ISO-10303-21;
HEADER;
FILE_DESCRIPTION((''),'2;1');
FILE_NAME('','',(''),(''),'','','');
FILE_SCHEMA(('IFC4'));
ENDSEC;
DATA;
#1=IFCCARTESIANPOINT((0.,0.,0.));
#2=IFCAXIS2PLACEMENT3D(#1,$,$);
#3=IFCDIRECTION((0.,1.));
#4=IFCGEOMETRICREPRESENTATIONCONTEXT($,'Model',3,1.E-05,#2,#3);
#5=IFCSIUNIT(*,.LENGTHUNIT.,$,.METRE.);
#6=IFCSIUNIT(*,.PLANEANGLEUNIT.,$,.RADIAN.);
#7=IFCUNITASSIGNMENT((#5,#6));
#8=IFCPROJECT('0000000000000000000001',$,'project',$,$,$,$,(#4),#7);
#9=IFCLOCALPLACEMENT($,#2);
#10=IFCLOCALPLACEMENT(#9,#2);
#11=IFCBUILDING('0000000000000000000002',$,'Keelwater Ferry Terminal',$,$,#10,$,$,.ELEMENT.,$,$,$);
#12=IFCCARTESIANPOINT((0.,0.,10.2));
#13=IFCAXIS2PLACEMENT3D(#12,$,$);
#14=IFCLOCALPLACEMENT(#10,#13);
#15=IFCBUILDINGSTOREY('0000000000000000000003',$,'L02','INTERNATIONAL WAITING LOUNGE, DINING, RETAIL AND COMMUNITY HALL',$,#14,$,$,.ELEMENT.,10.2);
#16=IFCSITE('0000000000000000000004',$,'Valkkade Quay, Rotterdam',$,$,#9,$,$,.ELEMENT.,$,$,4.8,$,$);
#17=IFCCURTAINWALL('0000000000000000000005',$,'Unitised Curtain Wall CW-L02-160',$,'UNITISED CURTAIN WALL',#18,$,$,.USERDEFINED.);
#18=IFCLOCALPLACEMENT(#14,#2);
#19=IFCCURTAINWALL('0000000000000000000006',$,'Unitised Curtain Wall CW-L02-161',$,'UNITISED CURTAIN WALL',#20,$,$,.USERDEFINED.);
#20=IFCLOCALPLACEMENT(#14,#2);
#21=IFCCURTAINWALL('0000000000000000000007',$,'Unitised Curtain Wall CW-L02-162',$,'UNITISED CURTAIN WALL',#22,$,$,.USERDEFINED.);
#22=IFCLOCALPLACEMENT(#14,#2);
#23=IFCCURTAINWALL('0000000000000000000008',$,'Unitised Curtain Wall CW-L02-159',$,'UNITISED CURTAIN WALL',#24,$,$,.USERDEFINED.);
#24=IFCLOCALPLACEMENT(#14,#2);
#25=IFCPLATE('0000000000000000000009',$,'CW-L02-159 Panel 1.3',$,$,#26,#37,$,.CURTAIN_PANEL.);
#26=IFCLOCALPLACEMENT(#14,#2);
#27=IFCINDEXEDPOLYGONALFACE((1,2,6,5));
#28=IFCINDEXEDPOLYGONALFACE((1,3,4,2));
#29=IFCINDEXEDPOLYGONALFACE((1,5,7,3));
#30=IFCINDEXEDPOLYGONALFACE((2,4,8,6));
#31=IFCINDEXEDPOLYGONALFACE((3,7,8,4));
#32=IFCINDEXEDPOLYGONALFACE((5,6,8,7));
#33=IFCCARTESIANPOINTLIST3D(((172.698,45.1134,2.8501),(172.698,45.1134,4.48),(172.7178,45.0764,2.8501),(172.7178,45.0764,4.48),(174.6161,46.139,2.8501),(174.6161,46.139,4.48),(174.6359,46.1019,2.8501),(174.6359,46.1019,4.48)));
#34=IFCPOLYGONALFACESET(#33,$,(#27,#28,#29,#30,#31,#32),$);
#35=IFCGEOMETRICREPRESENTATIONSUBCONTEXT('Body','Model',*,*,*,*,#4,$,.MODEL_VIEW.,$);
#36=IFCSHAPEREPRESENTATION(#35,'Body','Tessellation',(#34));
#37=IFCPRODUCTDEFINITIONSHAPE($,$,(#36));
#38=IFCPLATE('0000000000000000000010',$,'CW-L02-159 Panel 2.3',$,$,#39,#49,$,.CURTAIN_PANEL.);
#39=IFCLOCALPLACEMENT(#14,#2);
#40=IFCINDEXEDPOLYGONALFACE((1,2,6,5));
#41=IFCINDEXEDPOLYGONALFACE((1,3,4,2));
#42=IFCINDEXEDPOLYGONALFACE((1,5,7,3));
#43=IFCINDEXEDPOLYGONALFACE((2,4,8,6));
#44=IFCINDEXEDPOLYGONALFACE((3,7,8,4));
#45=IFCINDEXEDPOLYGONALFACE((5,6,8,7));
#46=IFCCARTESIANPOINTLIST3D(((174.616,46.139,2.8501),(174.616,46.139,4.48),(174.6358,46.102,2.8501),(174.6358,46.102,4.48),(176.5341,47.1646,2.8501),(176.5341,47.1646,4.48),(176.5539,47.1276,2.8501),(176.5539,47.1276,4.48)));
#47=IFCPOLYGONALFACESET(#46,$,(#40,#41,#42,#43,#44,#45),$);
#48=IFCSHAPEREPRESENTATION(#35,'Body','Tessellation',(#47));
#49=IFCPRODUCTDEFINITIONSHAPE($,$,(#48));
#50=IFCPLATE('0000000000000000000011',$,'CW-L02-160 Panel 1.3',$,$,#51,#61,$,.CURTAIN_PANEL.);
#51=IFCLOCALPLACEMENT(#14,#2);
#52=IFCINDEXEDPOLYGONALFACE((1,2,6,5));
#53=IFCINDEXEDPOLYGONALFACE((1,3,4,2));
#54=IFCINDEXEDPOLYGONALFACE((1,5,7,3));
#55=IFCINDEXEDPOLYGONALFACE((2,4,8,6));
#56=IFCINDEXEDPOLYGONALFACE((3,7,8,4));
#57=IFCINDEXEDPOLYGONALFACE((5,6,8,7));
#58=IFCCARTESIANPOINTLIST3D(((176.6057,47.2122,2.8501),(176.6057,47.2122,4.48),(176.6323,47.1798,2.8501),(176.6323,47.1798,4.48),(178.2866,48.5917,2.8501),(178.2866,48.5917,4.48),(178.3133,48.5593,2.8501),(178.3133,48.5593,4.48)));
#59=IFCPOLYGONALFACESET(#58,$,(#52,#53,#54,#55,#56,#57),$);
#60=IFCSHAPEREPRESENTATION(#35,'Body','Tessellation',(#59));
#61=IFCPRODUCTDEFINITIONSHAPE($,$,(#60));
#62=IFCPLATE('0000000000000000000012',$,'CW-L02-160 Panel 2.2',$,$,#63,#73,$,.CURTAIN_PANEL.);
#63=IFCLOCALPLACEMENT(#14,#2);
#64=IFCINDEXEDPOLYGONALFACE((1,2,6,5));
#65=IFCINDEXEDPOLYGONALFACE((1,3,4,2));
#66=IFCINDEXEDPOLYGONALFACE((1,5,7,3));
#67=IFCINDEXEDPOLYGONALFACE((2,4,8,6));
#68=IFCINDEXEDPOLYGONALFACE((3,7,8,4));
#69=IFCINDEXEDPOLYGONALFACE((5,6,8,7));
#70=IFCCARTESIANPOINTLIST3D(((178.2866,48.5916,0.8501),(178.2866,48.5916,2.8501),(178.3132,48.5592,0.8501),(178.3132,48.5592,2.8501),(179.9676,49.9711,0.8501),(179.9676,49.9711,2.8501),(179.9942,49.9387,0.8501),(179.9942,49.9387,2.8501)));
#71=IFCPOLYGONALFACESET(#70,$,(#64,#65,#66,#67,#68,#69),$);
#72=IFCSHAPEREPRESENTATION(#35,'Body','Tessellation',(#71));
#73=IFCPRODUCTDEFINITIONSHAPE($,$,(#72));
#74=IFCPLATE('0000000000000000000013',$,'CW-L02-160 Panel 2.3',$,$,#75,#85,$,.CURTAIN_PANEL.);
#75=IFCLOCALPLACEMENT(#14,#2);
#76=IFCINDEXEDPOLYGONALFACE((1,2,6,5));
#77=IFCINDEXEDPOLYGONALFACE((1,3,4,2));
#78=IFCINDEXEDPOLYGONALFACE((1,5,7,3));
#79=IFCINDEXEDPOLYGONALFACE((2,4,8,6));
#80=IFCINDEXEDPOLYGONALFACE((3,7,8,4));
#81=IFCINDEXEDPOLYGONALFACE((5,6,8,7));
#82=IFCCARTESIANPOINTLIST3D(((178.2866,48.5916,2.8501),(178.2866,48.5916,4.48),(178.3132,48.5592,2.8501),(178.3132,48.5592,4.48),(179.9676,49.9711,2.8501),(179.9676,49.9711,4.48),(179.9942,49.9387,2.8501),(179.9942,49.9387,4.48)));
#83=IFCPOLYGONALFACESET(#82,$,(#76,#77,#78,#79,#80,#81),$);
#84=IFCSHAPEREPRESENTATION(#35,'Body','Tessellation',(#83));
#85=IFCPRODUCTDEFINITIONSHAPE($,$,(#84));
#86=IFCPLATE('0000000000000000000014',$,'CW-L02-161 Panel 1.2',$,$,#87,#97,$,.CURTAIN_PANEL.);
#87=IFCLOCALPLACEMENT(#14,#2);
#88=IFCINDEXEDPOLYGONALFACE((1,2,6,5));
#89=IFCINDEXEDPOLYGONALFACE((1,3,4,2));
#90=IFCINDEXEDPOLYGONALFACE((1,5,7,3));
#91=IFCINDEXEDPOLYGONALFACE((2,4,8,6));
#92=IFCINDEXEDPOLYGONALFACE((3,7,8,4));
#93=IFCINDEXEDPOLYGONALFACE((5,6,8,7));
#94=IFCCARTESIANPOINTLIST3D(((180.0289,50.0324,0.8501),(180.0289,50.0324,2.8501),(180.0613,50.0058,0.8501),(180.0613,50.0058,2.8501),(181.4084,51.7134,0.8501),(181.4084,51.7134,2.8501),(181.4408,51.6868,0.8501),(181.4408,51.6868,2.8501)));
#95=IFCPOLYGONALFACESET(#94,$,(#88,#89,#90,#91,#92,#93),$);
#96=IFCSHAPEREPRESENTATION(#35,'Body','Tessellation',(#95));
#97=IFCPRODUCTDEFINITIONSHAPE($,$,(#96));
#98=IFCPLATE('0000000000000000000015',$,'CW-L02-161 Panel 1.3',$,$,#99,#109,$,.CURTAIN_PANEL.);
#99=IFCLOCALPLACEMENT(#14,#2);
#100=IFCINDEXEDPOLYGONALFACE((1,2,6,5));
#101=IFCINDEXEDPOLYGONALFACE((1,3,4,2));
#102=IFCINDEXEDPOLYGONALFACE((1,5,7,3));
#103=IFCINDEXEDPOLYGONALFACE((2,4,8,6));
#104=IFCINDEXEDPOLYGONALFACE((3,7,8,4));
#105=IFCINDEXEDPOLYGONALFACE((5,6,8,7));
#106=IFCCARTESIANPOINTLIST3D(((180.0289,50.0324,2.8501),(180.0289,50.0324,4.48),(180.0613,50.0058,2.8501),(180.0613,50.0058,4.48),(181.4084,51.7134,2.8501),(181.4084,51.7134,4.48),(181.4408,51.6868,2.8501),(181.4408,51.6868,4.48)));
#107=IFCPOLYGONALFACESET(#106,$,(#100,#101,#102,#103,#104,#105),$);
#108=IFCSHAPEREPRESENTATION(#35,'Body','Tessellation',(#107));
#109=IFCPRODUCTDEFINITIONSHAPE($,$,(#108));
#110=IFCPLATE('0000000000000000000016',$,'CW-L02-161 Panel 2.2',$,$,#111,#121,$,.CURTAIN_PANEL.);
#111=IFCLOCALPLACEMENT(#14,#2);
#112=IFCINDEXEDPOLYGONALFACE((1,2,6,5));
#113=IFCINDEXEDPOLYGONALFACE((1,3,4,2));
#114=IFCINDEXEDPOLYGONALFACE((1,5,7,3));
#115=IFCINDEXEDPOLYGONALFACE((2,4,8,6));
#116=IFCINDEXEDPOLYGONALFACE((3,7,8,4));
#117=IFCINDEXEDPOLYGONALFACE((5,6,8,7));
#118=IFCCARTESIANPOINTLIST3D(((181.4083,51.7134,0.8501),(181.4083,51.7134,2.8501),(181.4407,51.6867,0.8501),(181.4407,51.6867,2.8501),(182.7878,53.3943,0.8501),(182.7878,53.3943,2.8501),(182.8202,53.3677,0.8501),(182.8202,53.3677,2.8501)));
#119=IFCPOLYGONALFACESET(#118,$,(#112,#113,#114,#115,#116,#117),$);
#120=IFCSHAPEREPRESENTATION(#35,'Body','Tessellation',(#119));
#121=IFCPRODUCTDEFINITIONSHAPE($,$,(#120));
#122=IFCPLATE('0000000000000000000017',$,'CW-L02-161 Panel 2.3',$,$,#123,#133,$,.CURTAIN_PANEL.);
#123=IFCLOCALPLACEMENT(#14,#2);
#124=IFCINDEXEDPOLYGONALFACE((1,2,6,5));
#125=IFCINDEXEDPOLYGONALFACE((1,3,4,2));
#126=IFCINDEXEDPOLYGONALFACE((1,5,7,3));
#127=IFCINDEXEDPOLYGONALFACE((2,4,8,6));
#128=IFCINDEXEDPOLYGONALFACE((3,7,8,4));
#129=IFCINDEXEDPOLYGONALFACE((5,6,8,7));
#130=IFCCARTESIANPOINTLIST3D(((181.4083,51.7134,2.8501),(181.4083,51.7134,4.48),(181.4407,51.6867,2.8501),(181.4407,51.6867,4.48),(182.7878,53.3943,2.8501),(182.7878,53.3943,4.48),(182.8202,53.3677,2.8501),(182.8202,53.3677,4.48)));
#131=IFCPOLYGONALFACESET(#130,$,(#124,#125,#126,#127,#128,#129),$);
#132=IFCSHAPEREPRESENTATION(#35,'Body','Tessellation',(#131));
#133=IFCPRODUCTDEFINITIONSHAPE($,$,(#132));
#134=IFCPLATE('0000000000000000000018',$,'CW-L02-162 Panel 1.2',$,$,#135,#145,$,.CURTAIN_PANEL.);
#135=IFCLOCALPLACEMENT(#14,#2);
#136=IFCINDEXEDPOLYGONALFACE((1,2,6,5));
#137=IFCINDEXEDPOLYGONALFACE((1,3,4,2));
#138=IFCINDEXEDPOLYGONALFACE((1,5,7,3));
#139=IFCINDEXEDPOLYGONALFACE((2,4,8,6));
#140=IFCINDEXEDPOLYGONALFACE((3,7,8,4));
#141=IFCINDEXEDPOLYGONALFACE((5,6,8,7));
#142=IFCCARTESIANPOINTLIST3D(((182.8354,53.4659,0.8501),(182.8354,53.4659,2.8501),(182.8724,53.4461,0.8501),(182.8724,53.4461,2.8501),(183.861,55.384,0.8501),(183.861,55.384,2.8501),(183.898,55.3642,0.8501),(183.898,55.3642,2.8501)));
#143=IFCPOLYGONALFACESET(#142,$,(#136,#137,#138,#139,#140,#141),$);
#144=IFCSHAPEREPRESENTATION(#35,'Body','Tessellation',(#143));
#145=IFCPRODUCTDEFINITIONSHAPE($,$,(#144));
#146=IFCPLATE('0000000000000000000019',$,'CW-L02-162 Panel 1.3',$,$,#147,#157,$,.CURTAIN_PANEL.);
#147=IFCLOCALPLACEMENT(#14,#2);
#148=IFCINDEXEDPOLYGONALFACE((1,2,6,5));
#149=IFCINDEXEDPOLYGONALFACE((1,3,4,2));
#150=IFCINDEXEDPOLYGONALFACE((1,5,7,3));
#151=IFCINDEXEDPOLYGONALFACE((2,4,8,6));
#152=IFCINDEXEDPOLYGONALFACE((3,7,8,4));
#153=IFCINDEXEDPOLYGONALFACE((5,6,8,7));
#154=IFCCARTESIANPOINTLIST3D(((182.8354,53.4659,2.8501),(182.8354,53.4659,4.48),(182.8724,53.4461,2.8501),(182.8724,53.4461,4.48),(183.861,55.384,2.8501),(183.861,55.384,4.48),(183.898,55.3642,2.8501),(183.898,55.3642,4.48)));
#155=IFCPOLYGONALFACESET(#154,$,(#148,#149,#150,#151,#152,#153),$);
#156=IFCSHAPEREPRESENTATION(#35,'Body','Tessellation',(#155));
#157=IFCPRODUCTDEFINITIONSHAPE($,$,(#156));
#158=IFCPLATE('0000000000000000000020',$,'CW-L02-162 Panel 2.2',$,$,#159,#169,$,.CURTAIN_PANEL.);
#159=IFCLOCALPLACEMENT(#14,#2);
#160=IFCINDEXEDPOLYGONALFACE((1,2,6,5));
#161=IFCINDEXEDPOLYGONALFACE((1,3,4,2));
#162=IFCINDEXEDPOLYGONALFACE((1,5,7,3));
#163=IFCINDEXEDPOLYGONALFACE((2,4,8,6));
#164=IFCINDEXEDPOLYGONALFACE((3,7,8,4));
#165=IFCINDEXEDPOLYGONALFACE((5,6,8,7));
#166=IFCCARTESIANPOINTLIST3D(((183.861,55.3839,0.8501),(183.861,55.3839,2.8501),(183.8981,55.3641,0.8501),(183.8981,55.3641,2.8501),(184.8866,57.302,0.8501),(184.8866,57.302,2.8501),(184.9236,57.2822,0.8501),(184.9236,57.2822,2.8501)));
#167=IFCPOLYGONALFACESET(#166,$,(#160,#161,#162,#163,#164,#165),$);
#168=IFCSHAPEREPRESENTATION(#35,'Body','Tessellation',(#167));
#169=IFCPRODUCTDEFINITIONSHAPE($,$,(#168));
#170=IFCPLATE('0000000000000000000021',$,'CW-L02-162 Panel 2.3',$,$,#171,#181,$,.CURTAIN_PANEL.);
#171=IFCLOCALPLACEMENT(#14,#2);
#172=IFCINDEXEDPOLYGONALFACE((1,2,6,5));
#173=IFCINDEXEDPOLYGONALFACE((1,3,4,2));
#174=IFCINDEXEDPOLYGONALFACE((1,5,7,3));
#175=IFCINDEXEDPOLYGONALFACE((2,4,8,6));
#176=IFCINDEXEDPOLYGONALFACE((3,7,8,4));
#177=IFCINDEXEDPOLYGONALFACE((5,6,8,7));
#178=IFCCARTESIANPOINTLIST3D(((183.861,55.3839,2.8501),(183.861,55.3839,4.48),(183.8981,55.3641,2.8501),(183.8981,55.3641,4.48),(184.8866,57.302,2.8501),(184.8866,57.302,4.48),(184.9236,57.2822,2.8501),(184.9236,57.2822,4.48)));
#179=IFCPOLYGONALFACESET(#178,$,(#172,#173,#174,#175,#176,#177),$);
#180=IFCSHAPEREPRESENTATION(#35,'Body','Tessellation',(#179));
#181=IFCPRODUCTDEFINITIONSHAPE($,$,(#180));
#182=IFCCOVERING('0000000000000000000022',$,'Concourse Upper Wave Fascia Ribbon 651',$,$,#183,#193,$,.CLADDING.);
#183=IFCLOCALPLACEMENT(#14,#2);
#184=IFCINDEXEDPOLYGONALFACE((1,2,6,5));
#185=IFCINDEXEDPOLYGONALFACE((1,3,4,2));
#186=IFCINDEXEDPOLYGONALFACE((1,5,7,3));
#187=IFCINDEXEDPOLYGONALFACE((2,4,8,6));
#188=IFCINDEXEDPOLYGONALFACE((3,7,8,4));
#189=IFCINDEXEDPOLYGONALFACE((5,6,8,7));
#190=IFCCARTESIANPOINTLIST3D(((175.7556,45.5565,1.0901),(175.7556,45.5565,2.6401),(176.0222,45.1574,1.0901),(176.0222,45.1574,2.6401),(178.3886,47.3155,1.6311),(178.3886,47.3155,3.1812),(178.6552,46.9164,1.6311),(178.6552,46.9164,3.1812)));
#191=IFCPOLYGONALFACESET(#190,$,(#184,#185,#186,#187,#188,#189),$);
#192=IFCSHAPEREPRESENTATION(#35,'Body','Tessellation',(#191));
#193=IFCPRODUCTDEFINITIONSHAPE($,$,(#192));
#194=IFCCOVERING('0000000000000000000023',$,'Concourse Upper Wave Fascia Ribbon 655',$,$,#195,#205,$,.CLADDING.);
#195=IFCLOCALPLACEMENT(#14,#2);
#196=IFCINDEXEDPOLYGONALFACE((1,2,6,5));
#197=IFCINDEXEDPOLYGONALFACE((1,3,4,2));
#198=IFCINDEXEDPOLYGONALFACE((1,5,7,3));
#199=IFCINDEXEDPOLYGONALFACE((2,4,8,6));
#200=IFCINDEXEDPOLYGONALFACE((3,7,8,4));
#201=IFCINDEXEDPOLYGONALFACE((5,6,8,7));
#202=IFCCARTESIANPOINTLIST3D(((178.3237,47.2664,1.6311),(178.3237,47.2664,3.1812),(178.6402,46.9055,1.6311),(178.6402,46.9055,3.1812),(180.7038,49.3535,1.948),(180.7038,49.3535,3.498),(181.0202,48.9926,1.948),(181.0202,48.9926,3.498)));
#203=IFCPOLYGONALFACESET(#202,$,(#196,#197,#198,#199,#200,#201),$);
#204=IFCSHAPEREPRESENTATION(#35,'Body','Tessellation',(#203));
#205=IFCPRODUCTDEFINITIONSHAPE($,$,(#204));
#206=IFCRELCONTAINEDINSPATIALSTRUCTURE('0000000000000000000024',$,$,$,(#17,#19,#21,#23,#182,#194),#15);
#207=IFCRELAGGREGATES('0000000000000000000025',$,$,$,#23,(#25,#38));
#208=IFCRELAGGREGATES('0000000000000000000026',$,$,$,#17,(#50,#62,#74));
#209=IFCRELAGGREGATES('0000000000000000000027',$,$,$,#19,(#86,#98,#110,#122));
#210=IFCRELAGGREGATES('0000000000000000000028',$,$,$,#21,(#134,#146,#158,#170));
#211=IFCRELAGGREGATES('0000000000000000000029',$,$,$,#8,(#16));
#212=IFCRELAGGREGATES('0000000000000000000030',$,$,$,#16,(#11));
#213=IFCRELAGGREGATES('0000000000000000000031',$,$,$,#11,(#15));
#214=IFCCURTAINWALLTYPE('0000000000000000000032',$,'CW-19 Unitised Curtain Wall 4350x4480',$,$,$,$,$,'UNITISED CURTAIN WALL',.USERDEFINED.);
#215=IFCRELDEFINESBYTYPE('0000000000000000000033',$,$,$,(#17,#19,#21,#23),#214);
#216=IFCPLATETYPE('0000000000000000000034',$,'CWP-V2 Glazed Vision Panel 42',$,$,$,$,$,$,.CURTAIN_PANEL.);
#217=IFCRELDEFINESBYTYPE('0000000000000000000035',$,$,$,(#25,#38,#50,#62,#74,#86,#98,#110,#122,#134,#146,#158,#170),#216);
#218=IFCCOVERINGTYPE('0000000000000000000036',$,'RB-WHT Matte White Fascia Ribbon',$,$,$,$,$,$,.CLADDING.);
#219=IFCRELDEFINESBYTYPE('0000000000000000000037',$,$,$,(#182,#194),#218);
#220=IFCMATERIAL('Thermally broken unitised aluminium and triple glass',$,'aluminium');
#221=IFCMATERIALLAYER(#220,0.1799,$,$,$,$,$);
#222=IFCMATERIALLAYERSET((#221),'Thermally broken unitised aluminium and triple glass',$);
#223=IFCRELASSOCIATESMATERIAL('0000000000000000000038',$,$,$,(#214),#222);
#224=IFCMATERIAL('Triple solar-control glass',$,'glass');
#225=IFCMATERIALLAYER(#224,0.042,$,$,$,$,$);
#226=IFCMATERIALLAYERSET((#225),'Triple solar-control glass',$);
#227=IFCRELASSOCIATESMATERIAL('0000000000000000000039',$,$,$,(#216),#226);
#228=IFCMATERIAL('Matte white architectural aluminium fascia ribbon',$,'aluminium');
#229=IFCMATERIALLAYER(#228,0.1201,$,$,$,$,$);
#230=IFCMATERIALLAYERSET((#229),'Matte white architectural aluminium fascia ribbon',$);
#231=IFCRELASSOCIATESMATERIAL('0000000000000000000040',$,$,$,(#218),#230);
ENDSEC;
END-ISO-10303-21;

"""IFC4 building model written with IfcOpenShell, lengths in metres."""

from ifc_helpers import new_model, si_unit, direction, frame, origin, origin_2d, place, context, subcontext, project, spatial, polyline, rectangle, outline, extrude, material, layer, layer_set, type_object, element, aggregate, save


model = new_model("IFC4")

# Units and contexts
model_context = context("Model", 3, precision=1e-05, world=origin(), true_north=direction((0.0, 1.0)))
body_context = subcontext(model_context, "Body", "Model", "MODEL_VIEW")
ifc_project = project(units=[si_unit("LENGTHUNIT", "METRE"), si_unit("PLANEANGLEUNIT", "RADIAN")], contexts=[model_context])

# Site, building, storey
site_placement = place(None, origin())
site = spatial("IfcSite", under=ifc_project, at=site_placement, Name="Valkkade Quay, Rotterdam", CompositionType="ELEMENT", RefElevation=4.8)
building_placement = place(site_placement, origin())
building = spatial("IfcBuilding", under=site, at=building_placement, Name="Keelwater Ferry Terminal", CompositionType="ELEMENT")
storey_placement = place(building_placement, frame((0.0, 0.0, 10.2)))
storey = spatial("IfcBuildingStorey", under=building, at=storey_placement, Name="L02", Description="INTERNATIONAL WAITING LOUNGE, DINING, RETAIL AND COMMUNITY HALL", CompositionType="ELEMENT", Elevation=10.2)

# Curtain walls
ifc_material_1 = material(Name="Thermally broken unitised aluminium and triple glass", Category="aluminium")
ifc_layer_1 = layer(ifc_material_1, 0.1799)
ifc_layer_set_1 = layer_set([ifc_layer_1], Name="Thermally broken unitised aluminium and triple glass")
curtain_wall_type = type_object("IfcCurtainWallType", Name="CW-19 Unitised Curtain Wall 4350x4480", ElementType="UNITISED CURTAIN WALL", PredefinedType="USERDEFINED", material=ifc_layer_set_1)
curtain_wall_1_placement = place(storey_placement, origin())
curtain_wall_1 = element("IfcCurtainWall", 1, at=curtain_wall_1_placement, inside=storey, type_object=curtain_wall_type, Name="Unitised Curtain Wall CW-L02-160", ObjectType="UNITISED CURTAIN WALL", PredefinedType="USERDEFINED")
curtain_wall_2_placement = place(storey_placement, origin())
curtain_wall_2 = element("IfcCurtainWall", 2, at=curtain_wall_2_placement, inside=storey, type_object=curtain_wall_type, Name="Unitised Curtain Wall CW-L02-161", ObjectType="UNITISED CURTAIN WALL", PredefinedType="USERDEFINED")
curtain_wall_3_placement = place(storey_placement, origin())
curtain_wall_3 = element("IfcCurtainWall", 3, at=curtain_wall_3_placement, inside=storey, type_object=curtain_wall_type, Name="Unitised Curtain Wall CW-L02-162", ObjectType="UNITISED CURTAIN WALL", PredefinedType="USERDEFINED")

# Curtain wall, plates
curtain_wall_4_placement = place(storey_placement, origin())
curtain_wall_4 = element("IfcCurtainWall", 4, at=curtain_wall_4_placement, inside=storey, type_object=curtain_wall_type, Name="Unitised Curtain Wall CW-L02-159", ObjectType="UNITISED CURTAIN WALL", PredefinedType="USERDEFINED")
ifc_material_2 = material(Name="Triple solar-control glass", Category="glass")
ifc_layer_2 = layer(ifc_material_2, 0.042)
ifc_layer_set_2 = layer_set([ifc_layer_2], Name="Triple solar-control glass")
plate_type_1 = type_object("IfcPlateType", Name="CWP-V2 Glazed Vision Panel 42", PredefinedType="CURTAIN_PANEL", material=ifc_layer_set_2)
plate_1_placement = place(storey_placement, frame((173.667, 45.6077, 2.8501), z_axis=(0.0, 0.0, 1.0), x_axis=(0.881862, 0.471507, 0.0)))
plate_1 = element("IfcPlate", 5, at=plate_1_placement, type_object=plate_type_1, Name="CW-L02-159 Panel 1.3", PredefinedType="CURTAIN_PANEL", context=body_context, shape_type="SweptSolid", body=[
    extrude(rectangle(XDim=2.175, YDim=0.042, at=origin_2d()), origin(), (0.0, 0.0, 1.0), 1.6299),
])
plate_2_placement = place(storey_placement, frame((175.585, 46.6333, 2.8501), z_axis=(0.0, 0.0, 1.0), x_axis=(0.881862, 0.471507, 0.0)))
plate_2 = element("IfcPlate", 6, at=plate_2_placement, type_object=plate_type_1, Name="CW-L02-159 Panel 2.3", PredefinedType="CURTAIN_PANEL", context=body_context, shape_type="SweptSolid", body=[
    extrude(rectangle(XDim=2.175, YDim=0.042, at=origin_2d()), origin(), (0.0, 0.0, 1.0), 1.6299),
])
aggregate(curtain_wall_4, [plate_1, plate_2])

# Plates
plate_3_placement = place(storey_placement, frame((177.4595, 47.8857, 2.8501), z_axis=(0.0, 0.0, 1.0), x_axis=(0.773024, 0.634377, 0.0)))
plate_3 = element("IfcPlate", 7, at=plate_3_placement, type_object=plate_type_1, Name="CW-L02-160 Panel 1.3", PredefinedType="CURTAIN_PANEL", context=body_context, shape_type="SweptSolid", body=[
    extrude(rectangle(XDim=2.1746, YDim=0.042, at=origin_2d()), origin(), (0.0, 0.0, 1.0), 1.6299),
])
plate_4_placement = place(storey_placement, frame((179.1404, 49.2651, 0.8501), z_axis=(0.0, 0.0, 1.0), x_axis=(0.773024, 0.634377, 0.0)))
plate_4 = element("IfcPlate", 8, at=plate_4_placement, type_object=plate_type_1, Name="CW-L02-160 Panel 2.2", PredefinedType="CURTAIN_PANEL", context=body_context, shape_type="SweptSolid", body=[
    extrude(rectangle(XDim=2.1746, YDim=0.042, at=origin_2d()), origin(), (0.0, 0.0, 1.0), 2.0),
])
plate_5_placement = place(storey_placement, frame((179.1404, 49.2651, 2.8501), z_axis=(0.0, 0.0, 1.0), x_axis=(0.773024, 0.634377, 0.0)))
plate_5 = element("IfcPlate", 9, at=plate_5_placement, type_object=plate_type_1, Name="CW-L02-160 Panel 2.3", PredefinedType="CURTAIN_PANEL", context=body_context, shape_type="SweptSolid", body=[
    extrude(rectangle(XDim=2.1746, YDim=0.042, at=origin_2d()), origin(), (0.0, 0.0, 1.0), 1.6299),
])
aggregate(curtain_wall_1, [plate_3, plate_4, plate_5])
plate_6_placement = place(storey_placement, frame((180.7349, 50.8596, 0.8501), z_axis=(0.0, 0.0, 1.0), x_axis=(0.634377, 0.773024, 0.0)))
plate_6 = element("IfcPlate", 10, at=plate_6_placement, type_object=plate_type_1, Name="CW-L02-161 Panel 1.2", PredefinedType="CURTAIN_PANEL", context=body_context, shape_type="SweptSolid", body=[
    extrude(rectangle(XDim=2.1746, YDim=0.042, at=origin_2d()), origin(), (0.0, 0.0, 1.0), 2.0),
])
plate_7_placement = place(storey_placement, frame((180.7349, 50.8596, 2.8501), z_axis=(0.0, 0.0, 1.0), x_axis=(0.634377, 0.773024, 0.0)))
plate_7 = element("IfcPlate", 11, at=plate_7_placement, type_object=plate_type_1, Name="CW-L02-161 Panel 1.3", PredefinedType="CURTAIN_PANEL", context=body_context, shape_type="SweptSolid", body=[
    extrude(rectangle(XDim=2.1746, YDim=0.042, at=origin_2d()), origin(), (0.0, 0.0, 1.0), 1.6299),
])
plate_8_placement = place(storey_placement, frame((182.1143, 52.5405, 0.8501), z_axis=(0.0, 0.0, 1.0), x_axis=(0.634377, 0.773024, 0.0)))
plate_8 = element("IfcPlate", 12, at=plate_8_placement, type_object=plate_type_1, Name="CW-L02-161 Panel 2.2", PredefinedType="CURTAIN_PANEL", context=body_context, shape_type="SweptSolid", body=[
    extrude(rectangle(XDim=2.1746, YDim=0.042, at=origin_2d()), origin(), (0.0, 0.0, 1.0), 2.0),
])
plate_9_placement = place(storey_placement, frame((182.1143, 52.5405, 2.8501), z_axis=(0.0, 0.0, 1.0), x_axis=(0.634377, 0.773024, 0.0)))
plate_9 = element("IfcPlate", 13, at=plate_9_placement, type_object=plate_type_1, Name="CW-L02-161 Panel 2.3", PredefinedType="CURTAIN_PANEL", context=body_context, shape_type="SweptSolid", body=[
    extrude(rectangle(XDim=2.1746, YDim=0.042, at=origin_2d()), origin(), (0.0, 0.0, 1.0), 1.6299),
])
aggregate(curtain_wall_2, [plate_6, plate_7, plate_8, plate_9])
plate_10_placement = place(storey_placement, frame((183.3667, 54.415, 0.8501), z_axis=(0.0, 0.0, 1.0), x_axis=(0.471507, 0.881862, 0.0)))
plate_10 = element("IfcPlate", 14, at=plate_10_placement, type_object=plate_type_1, Name="CW-L02-162 Panel 1.2", PredefinedType="CURTAIN_PANEL", context=body_context, shape_type="SweptSolid", body=[
    extrude(rectangle(XDim=2.175, YDim=0.042, at=origin_2d()), origin(), (0.0, 0.0, 1.0), 2.0),
])
plate_11_placement = place(storey_placement, frame((183.3667, 54.415, 2.8501), z_axis=(0.0, 0.0, 1.0), x_axis=(0.471507, 0.881862, 0.0)))
plate_11 = element("IfcPlate", 15, at=plate_11_placement, type_object=plate_type_1, Name="CW-L02-162 Panel 1.3", PredefinedType="CURTAIN_PANEL", context=body_context, shape_type="SweptSolid", body=[
    extrude(rectangle(XDim=2.175, YDim=0.042, at=origin_2d()), origin(), (0.0, 0.0, 1.0), 1.6299),
])
plate_12_placement = place(storey_placement, frame((184.3923, 56.333, 0.8501), z_axis=(0.0, 0.0, 1.0), x_axis=(0.471507, 0.881862, 0.0)))
plate_12 = element("IfcPlate", 16, at=plate_12_placement, type_object=plate_type_1, Name="CW-L02-162 Panel 2.2", PredefinedType="CURTAIN_PANEL", context=body_context, shape_type="SweptSolid", body=[
    extrude(rectangle(XDim=2.175, YDim=0.042, at=origin_2d()), origin(), (0.0, 0.0, 1.0), 2.0),
])
plate_13_placement = place(storey_placement, frame((184.3923, 56.333, 2.8501), z_axis=(0.0, 0.0, 1.0), x_axis=(0.471507, 0.881862, 0.0)))
plate_13 = element("IfcPlate", 17, at=plate_13_placement, type_object=plate_type_1, Name="CW-L02-162 Panel 2.3", PredefinedType="CURTAIN_PANEL", context=body_context, shape_type="SweptSolid", body=[
    extrude(rectangle(XDim=2.175, YDim=0.042, at=origin_2d()), origin(), (0.0, 0.0, 1.0), 1.6299),
])
aggregate(curtain_wall_3, [plate_10, plate_11, plate_12, plate_13])

# Coverings
ifc_material_3 = material(Name="Matte white architectural aluminium fascia ribbon", Category="aluminium")
ifc_layer_3 = layer(ifc_material_3, 0.1201)
ifc_layer_set_3 = layer_set([ifc_layer_3], Name="Matte white architectural aluminium fascia ribbon")
covering_type = type_object("IfcCoveringType", Name="RB-WHT Matte White Fascia Ribbon", PredefinedType="CLADDING", material=ifc_layer_set_3)
covering_1_placement = place(storey_placement, frame((175.8889, 45.3569, 1.0901), z_axis=(0.0, 0.0, 1.0), x_axis=(0.831516, 0.555501, 0.0)))
element("IfcCovering", 18, at=covering_1_placement, inside=storey, type_object=covering_type, Name="Concourse Upper Wave Fascia Ribbon 651", PredefinedType="CLADDING", context=body_context, shape_type="SweptSolid", body=[
    extrude(outline(polyline([(0.0, 0.0), (3.1665, 0.541), (3.1665, 2.0911), (0.0, 1.55), (0.0, 0.0)])), frame((0.0, 0.24, 0.0), z_axis=(0.0, -1.0, 0.0), x_axis=(1.0, 0.0, 0.0)), (0.0, 0.0, 1.0), 0.48),
])
covering_2_placement = place(storey_placement, frame((178.4819, 47.0859, 1.6311), z_axis=(0.0, 0.0, 1.0), x_axis=(0.751864, 0.659318, 0.0)))
element("IfcCovering", 19, at=covering_2_placement, inside=storey, type_object=covering_type, Name="Concourse Upper Wave Fascia Ribbon 655", PredefinedType="CLADDING", context=body_context, shape_type="SweptSolid", body=[
    extrude(outline(polyline([(0.0, 0.0), (3.1655, 0.3169), (3.1655, 1.8669), (0.0, 1.55), (0.0, 0.0)])), frame((0.0, 0.24, 0.0), z_axis=(0.0, -1.0, 0.0), x_axis=(1.0, 0.0, 0.0)), (0.0, 0.0, 1.0), 0.48),
])

save(model, "model.ifc")
